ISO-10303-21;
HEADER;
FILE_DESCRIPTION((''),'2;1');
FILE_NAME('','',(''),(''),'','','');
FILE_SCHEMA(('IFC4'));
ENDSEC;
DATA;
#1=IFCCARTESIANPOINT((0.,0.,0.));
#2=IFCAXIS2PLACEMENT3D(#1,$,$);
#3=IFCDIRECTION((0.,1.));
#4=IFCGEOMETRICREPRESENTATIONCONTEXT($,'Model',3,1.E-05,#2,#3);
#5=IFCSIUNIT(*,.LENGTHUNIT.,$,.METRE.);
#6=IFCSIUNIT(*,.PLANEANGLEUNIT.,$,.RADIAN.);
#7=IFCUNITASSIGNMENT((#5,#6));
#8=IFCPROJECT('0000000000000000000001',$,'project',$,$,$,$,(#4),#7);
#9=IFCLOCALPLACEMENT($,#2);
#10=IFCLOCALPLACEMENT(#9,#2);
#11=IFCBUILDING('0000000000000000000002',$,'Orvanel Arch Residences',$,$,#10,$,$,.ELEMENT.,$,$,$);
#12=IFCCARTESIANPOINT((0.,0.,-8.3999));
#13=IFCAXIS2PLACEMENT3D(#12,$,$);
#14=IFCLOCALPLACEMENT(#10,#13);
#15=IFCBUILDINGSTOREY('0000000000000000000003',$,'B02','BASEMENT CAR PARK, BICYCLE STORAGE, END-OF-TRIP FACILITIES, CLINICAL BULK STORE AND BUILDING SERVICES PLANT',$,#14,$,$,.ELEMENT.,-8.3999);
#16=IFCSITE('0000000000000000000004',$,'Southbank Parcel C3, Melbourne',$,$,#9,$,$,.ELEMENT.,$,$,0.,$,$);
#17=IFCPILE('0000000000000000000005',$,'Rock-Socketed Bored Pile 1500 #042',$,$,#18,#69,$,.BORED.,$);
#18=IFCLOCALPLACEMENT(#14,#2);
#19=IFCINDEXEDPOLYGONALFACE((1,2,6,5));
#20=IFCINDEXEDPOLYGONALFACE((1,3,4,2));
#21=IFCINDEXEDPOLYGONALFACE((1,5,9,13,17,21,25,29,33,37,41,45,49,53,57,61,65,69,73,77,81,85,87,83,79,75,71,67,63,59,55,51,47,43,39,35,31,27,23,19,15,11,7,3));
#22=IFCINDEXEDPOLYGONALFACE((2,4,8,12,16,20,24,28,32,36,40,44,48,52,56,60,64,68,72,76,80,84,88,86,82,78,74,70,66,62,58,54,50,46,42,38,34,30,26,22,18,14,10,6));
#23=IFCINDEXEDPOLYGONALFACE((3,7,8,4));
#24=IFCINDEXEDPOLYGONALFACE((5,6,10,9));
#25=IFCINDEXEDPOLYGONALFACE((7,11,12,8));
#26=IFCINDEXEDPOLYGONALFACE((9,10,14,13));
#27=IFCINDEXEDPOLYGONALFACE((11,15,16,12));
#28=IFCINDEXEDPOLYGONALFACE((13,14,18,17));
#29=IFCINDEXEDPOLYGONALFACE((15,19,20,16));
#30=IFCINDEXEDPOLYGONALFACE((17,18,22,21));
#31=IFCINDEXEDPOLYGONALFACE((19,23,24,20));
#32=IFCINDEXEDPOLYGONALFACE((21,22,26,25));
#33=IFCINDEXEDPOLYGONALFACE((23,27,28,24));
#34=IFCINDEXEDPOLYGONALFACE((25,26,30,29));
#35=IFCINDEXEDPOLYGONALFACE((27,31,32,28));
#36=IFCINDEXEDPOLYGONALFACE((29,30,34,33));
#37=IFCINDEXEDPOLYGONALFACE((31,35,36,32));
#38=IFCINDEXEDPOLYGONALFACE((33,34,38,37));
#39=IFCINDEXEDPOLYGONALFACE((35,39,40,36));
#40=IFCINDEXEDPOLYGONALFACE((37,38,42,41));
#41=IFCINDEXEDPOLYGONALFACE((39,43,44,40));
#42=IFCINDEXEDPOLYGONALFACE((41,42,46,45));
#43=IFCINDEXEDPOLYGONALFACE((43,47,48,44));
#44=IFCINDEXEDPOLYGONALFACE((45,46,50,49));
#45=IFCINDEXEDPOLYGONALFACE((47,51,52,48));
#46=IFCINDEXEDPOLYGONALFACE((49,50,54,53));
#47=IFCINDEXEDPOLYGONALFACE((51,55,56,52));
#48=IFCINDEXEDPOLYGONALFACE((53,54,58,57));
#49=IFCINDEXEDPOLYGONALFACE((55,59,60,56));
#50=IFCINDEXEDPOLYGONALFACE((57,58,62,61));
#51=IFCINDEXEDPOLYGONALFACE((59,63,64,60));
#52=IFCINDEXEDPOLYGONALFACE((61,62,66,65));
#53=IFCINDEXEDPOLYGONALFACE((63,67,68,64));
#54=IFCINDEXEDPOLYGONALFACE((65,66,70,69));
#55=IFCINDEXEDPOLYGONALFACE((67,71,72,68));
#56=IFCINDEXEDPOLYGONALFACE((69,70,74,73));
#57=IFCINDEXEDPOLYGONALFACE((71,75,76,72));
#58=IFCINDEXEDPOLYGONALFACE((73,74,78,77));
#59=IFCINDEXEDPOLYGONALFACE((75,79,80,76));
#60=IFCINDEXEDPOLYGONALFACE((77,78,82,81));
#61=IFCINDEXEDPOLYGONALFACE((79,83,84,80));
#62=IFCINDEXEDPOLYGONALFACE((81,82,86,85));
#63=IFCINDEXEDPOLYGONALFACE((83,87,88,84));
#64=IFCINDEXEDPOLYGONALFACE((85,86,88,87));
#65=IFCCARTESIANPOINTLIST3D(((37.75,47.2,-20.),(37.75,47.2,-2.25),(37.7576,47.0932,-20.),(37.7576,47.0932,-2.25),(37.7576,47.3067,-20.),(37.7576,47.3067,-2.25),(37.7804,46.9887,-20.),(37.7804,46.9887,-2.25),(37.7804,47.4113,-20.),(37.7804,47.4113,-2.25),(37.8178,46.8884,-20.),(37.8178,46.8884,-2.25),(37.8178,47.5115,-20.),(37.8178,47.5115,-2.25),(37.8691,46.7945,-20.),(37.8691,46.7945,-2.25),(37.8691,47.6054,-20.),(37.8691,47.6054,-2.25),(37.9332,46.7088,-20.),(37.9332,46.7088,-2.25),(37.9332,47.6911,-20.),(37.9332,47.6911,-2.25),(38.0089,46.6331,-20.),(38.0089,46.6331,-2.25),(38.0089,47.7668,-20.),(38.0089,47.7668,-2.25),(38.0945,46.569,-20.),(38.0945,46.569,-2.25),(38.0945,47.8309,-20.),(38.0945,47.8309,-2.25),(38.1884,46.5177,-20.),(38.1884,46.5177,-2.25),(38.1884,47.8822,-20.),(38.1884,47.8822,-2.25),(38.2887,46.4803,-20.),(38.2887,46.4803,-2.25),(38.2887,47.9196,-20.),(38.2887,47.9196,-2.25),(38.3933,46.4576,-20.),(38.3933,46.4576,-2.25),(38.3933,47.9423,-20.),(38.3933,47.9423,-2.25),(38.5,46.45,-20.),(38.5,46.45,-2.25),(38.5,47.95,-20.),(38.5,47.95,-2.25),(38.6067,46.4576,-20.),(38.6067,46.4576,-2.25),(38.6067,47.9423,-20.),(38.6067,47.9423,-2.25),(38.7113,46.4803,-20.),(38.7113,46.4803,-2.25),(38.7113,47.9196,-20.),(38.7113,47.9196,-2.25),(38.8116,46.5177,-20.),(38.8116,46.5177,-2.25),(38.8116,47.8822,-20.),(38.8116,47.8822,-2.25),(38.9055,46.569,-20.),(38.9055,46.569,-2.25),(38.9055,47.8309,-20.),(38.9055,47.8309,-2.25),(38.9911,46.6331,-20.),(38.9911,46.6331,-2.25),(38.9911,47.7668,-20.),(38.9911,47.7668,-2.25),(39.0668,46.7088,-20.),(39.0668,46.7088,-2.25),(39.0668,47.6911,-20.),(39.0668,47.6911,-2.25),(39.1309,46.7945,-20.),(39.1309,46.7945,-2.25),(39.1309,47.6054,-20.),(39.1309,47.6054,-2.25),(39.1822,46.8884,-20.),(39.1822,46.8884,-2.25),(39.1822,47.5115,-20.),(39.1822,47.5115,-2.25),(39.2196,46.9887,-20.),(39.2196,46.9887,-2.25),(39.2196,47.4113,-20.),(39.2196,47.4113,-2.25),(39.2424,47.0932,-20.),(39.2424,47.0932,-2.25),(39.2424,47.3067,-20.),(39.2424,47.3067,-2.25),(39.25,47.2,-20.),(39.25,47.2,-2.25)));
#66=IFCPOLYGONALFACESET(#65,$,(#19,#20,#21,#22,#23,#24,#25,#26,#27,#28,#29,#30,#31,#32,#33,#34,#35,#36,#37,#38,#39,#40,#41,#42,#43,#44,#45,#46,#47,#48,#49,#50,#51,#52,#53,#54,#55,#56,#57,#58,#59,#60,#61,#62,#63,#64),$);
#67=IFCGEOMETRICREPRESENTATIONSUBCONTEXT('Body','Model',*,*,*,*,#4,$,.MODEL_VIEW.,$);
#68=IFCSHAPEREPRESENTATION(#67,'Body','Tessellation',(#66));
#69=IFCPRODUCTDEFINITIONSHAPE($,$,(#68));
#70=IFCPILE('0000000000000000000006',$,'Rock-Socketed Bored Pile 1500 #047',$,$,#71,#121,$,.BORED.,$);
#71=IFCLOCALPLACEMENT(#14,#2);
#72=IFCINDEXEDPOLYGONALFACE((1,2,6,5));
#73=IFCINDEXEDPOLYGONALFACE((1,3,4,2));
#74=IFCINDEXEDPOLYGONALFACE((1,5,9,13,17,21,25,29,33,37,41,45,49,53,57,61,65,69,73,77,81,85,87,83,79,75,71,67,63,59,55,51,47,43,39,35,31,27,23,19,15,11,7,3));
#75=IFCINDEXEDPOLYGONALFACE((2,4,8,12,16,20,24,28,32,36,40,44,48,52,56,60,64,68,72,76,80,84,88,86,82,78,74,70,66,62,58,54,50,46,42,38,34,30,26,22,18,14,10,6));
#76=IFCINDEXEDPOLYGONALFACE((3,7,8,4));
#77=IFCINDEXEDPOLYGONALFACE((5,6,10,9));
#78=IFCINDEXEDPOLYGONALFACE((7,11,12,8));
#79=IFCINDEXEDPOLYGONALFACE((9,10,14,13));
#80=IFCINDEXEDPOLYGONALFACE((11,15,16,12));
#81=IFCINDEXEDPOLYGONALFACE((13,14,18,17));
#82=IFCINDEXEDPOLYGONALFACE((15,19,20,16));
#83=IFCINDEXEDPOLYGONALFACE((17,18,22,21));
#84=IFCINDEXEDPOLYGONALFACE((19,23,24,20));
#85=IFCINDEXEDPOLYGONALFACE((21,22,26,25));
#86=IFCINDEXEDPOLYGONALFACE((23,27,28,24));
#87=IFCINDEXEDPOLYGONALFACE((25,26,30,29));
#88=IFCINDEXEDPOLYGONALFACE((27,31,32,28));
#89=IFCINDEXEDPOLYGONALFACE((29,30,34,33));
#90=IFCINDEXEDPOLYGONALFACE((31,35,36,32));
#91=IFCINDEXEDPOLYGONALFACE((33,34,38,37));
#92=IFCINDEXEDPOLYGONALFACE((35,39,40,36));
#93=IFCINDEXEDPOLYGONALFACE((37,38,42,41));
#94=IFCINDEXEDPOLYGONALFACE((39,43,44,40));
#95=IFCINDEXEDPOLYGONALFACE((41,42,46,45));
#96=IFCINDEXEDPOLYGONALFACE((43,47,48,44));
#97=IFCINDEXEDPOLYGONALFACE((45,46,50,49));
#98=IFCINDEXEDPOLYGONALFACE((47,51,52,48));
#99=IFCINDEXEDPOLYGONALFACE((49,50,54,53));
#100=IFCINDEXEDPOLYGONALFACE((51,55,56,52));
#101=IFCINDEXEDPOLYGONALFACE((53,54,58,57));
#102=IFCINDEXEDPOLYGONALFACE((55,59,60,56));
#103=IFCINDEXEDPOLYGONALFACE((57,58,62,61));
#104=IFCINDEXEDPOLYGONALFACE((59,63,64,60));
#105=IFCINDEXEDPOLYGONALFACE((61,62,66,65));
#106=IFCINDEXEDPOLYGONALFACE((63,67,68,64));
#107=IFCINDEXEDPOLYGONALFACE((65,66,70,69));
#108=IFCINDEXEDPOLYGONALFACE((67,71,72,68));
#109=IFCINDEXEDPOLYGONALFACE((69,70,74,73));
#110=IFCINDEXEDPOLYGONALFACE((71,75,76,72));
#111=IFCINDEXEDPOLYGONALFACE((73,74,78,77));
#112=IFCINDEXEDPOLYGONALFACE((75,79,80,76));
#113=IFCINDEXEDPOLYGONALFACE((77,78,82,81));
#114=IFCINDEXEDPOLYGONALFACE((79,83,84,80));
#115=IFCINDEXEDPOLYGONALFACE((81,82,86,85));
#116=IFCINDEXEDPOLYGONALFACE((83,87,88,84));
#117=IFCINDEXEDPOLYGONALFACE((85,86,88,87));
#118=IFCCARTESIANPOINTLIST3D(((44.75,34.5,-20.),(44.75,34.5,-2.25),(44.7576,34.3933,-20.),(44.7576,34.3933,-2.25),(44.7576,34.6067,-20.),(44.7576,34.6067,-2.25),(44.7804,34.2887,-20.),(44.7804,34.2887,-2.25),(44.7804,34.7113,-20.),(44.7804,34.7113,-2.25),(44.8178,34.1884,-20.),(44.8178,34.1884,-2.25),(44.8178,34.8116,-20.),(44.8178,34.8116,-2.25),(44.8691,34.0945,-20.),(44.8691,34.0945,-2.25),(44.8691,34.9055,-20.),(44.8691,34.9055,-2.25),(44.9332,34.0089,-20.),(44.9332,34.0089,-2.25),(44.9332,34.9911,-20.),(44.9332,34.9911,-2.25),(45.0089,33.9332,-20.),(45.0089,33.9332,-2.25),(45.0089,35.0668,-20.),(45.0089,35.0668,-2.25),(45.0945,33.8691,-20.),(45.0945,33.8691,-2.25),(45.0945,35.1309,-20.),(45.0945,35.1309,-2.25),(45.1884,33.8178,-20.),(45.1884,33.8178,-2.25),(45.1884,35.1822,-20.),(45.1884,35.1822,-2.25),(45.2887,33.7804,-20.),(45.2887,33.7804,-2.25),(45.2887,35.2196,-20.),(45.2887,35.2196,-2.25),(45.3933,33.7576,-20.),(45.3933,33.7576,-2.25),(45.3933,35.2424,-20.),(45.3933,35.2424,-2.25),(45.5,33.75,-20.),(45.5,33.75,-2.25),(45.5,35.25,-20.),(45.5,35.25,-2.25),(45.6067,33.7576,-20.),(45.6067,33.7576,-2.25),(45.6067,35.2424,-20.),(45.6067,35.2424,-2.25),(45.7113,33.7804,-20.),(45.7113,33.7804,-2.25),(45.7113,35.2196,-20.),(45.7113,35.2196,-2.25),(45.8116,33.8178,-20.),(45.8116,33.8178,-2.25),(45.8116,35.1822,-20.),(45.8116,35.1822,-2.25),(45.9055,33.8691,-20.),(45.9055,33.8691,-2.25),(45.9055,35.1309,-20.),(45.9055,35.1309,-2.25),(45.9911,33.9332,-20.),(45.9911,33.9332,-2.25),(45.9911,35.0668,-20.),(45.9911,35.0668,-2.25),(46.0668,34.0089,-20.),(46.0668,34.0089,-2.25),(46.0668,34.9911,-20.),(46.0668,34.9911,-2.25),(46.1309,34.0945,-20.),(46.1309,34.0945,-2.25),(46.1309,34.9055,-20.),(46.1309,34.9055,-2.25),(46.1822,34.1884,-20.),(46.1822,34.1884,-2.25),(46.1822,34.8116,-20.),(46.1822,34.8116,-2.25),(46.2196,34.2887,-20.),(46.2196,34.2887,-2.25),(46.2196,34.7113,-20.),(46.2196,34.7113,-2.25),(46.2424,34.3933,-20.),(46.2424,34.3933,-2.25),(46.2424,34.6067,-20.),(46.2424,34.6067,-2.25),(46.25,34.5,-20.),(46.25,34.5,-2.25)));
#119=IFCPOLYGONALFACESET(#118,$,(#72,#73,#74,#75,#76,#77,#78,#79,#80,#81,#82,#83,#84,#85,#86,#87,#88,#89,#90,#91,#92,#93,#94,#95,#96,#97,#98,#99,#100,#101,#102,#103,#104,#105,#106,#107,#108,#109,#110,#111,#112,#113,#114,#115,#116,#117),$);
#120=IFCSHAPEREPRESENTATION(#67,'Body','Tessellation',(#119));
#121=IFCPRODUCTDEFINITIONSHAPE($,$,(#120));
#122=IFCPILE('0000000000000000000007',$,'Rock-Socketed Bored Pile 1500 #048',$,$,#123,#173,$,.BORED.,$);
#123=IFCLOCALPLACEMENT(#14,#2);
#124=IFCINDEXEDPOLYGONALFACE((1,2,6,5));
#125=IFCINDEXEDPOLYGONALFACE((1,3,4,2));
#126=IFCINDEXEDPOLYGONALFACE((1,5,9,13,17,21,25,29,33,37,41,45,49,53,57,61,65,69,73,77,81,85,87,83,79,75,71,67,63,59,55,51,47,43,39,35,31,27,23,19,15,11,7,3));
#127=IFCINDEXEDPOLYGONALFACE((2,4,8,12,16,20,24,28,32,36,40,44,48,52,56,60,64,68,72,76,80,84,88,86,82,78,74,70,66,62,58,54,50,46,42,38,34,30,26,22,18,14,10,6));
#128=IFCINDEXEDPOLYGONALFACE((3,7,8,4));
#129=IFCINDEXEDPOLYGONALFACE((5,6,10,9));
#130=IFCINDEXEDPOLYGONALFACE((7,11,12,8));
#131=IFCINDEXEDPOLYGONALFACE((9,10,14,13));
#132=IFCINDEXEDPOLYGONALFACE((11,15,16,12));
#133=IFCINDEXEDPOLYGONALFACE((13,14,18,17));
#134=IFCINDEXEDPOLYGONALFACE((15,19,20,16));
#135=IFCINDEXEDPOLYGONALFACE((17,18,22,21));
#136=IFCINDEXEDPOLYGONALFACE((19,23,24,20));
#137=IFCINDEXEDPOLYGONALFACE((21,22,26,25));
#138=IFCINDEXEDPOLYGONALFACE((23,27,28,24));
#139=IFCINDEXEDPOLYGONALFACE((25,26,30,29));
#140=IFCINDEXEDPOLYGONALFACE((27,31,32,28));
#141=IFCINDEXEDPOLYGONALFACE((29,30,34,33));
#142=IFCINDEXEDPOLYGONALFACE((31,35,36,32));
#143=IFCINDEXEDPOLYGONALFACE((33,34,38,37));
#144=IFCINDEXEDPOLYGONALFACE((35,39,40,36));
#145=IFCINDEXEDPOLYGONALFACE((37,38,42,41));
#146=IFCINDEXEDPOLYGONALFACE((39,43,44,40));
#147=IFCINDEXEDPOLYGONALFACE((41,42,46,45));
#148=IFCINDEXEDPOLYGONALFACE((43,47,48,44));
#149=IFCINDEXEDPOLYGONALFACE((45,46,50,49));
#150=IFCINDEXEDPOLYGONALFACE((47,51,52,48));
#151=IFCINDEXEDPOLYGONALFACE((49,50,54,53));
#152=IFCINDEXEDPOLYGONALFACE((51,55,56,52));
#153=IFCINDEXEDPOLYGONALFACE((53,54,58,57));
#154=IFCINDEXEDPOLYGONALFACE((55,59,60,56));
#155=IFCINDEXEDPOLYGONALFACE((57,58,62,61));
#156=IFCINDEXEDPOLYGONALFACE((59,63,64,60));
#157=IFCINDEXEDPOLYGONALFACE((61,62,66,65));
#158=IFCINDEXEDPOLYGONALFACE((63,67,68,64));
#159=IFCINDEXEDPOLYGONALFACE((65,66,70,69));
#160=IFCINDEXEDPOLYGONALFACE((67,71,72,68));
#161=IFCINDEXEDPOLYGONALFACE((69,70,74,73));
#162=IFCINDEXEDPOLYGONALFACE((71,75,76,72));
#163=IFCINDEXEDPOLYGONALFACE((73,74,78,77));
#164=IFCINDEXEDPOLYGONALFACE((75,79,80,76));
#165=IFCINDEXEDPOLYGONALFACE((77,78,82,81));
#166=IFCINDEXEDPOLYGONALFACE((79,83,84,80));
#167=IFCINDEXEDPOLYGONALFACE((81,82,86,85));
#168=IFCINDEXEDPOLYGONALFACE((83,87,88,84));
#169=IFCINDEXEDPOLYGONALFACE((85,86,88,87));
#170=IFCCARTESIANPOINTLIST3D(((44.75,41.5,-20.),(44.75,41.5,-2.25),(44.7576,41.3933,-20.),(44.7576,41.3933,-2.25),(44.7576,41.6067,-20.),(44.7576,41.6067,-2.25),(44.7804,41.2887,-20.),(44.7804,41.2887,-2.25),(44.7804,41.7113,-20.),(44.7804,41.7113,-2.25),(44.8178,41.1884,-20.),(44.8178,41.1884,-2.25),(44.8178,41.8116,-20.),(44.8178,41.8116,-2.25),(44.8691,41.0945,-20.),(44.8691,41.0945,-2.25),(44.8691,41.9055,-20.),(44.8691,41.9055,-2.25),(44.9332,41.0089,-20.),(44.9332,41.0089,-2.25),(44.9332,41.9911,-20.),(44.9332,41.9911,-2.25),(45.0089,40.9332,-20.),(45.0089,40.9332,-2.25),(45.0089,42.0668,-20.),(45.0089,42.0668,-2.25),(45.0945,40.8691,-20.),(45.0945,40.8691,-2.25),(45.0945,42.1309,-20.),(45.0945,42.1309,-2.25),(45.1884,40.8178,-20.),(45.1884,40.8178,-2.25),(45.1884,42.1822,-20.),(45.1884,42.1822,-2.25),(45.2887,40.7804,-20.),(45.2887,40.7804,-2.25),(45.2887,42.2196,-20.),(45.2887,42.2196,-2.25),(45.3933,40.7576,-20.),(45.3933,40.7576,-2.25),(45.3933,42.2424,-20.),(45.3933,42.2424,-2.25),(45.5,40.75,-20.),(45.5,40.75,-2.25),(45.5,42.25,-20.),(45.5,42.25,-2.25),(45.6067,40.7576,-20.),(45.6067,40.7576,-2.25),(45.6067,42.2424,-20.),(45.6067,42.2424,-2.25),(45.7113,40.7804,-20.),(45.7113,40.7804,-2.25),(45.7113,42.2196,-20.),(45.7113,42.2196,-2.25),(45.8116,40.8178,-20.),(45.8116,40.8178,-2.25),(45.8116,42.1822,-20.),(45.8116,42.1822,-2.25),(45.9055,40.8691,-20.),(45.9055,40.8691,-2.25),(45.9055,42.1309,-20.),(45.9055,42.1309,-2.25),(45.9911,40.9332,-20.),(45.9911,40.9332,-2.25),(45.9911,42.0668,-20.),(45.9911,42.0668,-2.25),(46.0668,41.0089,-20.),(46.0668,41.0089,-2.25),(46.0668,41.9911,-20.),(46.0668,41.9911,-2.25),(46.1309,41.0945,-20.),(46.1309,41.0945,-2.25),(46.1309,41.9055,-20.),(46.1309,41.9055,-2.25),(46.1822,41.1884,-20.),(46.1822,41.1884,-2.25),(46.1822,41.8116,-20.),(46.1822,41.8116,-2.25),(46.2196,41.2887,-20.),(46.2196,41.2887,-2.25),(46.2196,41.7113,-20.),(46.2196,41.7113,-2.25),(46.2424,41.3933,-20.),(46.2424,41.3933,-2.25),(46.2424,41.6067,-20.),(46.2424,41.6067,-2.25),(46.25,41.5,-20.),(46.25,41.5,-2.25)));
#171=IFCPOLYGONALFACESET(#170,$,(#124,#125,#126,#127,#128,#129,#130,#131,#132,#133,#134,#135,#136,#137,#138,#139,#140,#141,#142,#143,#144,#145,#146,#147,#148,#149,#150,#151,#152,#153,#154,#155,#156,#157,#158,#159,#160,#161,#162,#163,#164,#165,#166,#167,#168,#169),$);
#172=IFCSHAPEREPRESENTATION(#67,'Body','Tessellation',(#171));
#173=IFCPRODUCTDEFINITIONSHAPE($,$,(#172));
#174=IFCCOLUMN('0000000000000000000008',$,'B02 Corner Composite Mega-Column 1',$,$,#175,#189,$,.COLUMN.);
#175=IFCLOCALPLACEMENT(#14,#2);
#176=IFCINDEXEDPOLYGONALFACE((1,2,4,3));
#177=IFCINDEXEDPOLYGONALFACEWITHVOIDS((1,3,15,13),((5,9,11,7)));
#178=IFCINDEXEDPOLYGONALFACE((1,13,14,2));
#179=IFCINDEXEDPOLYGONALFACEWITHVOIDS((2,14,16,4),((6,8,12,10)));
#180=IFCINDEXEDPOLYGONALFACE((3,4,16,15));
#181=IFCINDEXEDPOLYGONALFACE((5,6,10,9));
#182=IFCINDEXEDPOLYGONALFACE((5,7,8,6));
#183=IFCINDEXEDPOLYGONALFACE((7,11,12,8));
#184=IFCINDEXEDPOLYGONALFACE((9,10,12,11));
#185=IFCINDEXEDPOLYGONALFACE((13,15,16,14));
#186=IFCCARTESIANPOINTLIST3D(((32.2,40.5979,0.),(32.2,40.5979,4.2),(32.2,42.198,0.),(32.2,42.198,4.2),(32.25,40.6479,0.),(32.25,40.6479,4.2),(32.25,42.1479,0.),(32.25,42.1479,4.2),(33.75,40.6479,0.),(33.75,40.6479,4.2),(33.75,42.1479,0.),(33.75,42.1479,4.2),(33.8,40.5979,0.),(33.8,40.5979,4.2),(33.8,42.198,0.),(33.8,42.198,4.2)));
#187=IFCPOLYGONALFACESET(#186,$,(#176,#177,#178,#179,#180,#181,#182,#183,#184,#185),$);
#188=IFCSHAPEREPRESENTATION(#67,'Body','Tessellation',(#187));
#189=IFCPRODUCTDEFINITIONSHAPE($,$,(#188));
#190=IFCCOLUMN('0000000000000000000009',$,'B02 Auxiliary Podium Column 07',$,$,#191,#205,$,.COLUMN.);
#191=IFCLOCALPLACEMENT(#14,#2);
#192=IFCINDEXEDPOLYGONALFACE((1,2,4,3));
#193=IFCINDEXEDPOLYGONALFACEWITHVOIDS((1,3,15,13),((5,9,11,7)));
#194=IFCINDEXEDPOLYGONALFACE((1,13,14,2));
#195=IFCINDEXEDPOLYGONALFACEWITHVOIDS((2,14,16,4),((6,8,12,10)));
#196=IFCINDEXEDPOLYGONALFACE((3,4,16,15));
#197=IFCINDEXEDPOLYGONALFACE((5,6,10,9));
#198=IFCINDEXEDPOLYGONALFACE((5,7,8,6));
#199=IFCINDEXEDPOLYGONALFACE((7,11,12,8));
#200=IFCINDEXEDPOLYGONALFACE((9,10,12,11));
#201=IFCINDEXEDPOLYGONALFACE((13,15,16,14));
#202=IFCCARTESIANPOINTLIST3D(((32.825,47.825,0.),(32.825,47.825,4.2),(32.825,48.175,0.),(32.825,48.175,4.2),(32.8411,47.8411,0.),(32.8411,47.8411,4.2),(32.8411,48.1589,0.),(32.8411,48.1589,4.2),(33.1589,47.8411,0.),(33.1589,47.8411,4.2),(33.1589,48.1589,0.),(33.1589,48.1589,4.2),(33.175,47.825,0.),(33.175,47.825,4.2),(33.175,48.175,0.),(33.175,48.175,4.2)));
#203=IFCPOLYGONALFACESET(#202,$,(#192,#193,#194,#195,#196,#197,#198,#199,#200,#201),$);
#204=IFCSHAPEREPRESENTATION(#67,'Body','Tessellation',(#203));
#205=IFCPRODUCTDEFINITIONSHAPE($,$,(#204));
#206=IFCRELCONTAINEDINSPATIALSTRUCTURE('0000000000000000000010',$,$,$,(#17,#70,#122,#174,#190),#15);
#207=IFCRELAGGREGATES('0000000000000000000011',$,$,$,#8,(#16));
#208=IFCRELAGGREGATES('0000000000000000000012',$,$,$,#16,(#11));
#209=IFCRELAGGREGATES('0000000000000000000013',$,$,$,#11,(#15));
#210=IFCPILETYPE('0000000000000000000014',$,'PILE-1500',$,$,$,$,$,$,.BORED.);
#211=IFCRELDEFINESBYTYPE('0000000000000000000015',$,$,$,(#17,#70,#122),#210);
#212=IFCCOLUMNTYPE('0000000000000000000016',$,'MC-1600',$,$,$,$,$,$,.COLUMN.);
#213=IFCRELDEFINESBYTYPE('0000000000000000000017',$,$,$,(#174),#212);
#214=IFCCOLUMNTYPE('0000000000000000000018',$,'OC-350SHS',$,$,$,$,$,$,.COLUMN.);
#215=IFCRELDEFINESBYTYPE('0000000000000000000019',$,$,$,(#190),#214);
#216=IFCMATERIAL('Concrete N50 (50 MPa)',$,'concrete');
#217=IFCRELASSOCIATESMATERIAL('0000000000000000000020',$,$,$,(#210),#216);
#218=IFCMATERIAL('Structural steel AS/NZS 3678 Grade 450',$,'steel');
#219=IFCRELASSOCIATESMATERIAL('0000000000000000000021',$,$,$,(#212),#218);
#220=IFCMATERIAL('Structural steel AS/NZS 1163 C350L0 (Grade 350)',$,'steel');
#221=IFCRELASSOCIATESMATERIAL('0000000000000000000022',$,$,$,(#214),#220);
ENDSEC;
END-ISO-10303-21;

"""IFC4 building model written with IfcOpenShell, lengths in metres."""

from ifc_helpers import new_model, si_unit, direction, frame, origin, origin_2d, place, context, subcontext, project, spatial, hollow_rectangle, circle, extrude, material, material_profile, profile_set, type_object, element, save


model = new_model("IFC4")

# Units and contexts
model_context = context("Model", 3, precision=1e-05, world=origin(), true_north=direction((0.0, 1.0)))
body_context = subcontext(model_context, "Body", "Model", "MODEL_VIEW")
ifc_project = project(units=[si_unit("LENGTHUNIT", "METRE"), si_unit("PLANEANGLEUNIT", "RADIAN")], contexts=[model_context])

# Site, building, storey
site_placement = place(None, origin())
site = spatial("IfcSite", under=ifc_project, at=site_placement, Name="Southbank Parcel C3, Melbourne", CompositionType="ELEMENT", RefElevation=0.0)
building_placement = place(site_placement, origin())
building = spatial("IfcBuilding", under=site, at=building_placement, Name="Orvanel Arch Residences", CompositionType="ELEMENT")
storey_placement = place(building_placement, frame((0.0, 0.0, -8.3999)))
storey = spatial("IfcBuildingStorey", under=building, at=storey_placement, Name="B02", Description="BASEMENT CAR PARK, BICYCLE STORAGE, END-OF-TRIP FACILITIES, CLINICAL BULK STORE AND BUILDING SERVICES PLANT", CompositionType="ELEMENT", Elevation=-8.3999)

# Shared definitions
ifc_material_1 = material(Name="Concrete N50 (50 MPa)", Category="concrete")

# Piles
ifc_material_profile_1 = material_profile(ifc_material_1, circle(Radius=0.75, at=origin_2d()), Name="PILE1500")
ifc_profile_set_1 = profile_set([ifc_material_profile_1], Name="Concrete N50 (50 MPa)")
pile_type_1 = type_object("IfcPileType", Name="PILE-1500", PredefinedType="BORED", material=ifc_profile_set_1)
for number, where, z_axis, x_axis, name in (
    (1, (38.5, 47.2, -2.25), (0.0, 0.0, -1.0), (1.0, 0.0, 0.0), "Rock-Socketed Bored Pile 1500 #042"),
    (2, (45.5, 34.5, -2.25), (0.0, 0.0, -1.0), (1.0, 0.0, 0.0), "Rock-Socketed Bored Pile 1500 #047"),
    (3, (45.5, 41.5, -2.25), (0.0, 0.0, -1.0), (1.0, 0.0, 0.0), "Rock-Socketed Bored Pile 1500 #048"),
):
    element("IfcPile", number, at=place(storey_placement, frame(where, z_axis=z_axis, x_axis=x_axis)), inside=storey, type_object=pile_type_1, Name=name, PredefinedType="BORED", context=body_context, shape_type="SweptSolid", body=[
        extrude(circle(Radius=0.75, at=origin_2d()), origin(), (0.0, 0.0, 1.0), 17.75),
    ])

# Columns
ifc_material_2 = material(Name="Structural steel AS/NZS 3678 Grade 450", Category="steel")
ifc_material_profile_2 = material_profile(ifc_material_2, hollow_rectangle(XDim=1.6001, YDim=1.6001, WallThickness=0.05, at=origin_2d()), Name="BOX1600x1600x50")
ifc_profile_set_2 = profile_set([ifc_material_profile_2], Name="Structural steel AS/NZS 3678 Grade 450")
column_type_1 = type_object("IfcColumnType", Name="MC-1600", PredefinedType="COLUMN", material=ifc_profile_set_2)
column_1_placement = place(storey_placement, frame((33.0, 41.3979, 0.0), z_axis=(0.0, 0.0, 1.0), x_axis=(1.0, 0.0, 0.0)))
element("IfcColumn", 4, at=column_1_placement, inside=storey, type_object=column_type_1, Name="B02 Corner Composite Mega-Column 1", PredefinedType="COLUMN", context=body_context, shape_type="SweptSolid", body=[
    extrude(hollow_rectangle(XDim=1.6001, YDim=1.6001, WallThickness=0.05, at=origin_2d()), origin(), (0.0, 0.0, 1.0), 4.2),
])
ifc_material_3 = material(Name="Structural steel AS/NZS 1163 C350L0 (Grade 350)", Category="steel")
ifc_material_profile_3 = material_profile(ifc_material_3, hollow_rectangle(XDim=0.3501, YDim=0.3501, WallThickness=0.0161, at=origin_2d()), Name="SHS350x350x16")
ifc_profile_set_3 = profile_set([ifc_material_profile_3], Name="Structural steel AS/NZS 1163 C350L0 (Grade 350)")
column_type_2 = type_object("IfcColumnType", Name="OC-350SHS", PredefinedType="COLUMN", material=ifc_profile_set_3)
column_2_placement = place(storey_placement, frame((33.0, 48.0, 0.0), z_axis=(0.0, 0.0, 1.0), x_axis=(1.0, 0.0, 0.0)))
element("IfcColumn", 5, at=column_2_placement, inside=storey, type_object=column_type_2, Name="B02 Auxiliary Podium Column 07", PredefinedType="COLUMN", context=body_context, shape_type="SweptSolid", body=[
    extrude(hollow_rectangle(XDim=0.3501, YDim=0.3501, WallThickness=0.0161, at=origin_2d()), origin(), (0.0, 0.0, 1.0), 4.2),
])

save(model, "model.ifc")
